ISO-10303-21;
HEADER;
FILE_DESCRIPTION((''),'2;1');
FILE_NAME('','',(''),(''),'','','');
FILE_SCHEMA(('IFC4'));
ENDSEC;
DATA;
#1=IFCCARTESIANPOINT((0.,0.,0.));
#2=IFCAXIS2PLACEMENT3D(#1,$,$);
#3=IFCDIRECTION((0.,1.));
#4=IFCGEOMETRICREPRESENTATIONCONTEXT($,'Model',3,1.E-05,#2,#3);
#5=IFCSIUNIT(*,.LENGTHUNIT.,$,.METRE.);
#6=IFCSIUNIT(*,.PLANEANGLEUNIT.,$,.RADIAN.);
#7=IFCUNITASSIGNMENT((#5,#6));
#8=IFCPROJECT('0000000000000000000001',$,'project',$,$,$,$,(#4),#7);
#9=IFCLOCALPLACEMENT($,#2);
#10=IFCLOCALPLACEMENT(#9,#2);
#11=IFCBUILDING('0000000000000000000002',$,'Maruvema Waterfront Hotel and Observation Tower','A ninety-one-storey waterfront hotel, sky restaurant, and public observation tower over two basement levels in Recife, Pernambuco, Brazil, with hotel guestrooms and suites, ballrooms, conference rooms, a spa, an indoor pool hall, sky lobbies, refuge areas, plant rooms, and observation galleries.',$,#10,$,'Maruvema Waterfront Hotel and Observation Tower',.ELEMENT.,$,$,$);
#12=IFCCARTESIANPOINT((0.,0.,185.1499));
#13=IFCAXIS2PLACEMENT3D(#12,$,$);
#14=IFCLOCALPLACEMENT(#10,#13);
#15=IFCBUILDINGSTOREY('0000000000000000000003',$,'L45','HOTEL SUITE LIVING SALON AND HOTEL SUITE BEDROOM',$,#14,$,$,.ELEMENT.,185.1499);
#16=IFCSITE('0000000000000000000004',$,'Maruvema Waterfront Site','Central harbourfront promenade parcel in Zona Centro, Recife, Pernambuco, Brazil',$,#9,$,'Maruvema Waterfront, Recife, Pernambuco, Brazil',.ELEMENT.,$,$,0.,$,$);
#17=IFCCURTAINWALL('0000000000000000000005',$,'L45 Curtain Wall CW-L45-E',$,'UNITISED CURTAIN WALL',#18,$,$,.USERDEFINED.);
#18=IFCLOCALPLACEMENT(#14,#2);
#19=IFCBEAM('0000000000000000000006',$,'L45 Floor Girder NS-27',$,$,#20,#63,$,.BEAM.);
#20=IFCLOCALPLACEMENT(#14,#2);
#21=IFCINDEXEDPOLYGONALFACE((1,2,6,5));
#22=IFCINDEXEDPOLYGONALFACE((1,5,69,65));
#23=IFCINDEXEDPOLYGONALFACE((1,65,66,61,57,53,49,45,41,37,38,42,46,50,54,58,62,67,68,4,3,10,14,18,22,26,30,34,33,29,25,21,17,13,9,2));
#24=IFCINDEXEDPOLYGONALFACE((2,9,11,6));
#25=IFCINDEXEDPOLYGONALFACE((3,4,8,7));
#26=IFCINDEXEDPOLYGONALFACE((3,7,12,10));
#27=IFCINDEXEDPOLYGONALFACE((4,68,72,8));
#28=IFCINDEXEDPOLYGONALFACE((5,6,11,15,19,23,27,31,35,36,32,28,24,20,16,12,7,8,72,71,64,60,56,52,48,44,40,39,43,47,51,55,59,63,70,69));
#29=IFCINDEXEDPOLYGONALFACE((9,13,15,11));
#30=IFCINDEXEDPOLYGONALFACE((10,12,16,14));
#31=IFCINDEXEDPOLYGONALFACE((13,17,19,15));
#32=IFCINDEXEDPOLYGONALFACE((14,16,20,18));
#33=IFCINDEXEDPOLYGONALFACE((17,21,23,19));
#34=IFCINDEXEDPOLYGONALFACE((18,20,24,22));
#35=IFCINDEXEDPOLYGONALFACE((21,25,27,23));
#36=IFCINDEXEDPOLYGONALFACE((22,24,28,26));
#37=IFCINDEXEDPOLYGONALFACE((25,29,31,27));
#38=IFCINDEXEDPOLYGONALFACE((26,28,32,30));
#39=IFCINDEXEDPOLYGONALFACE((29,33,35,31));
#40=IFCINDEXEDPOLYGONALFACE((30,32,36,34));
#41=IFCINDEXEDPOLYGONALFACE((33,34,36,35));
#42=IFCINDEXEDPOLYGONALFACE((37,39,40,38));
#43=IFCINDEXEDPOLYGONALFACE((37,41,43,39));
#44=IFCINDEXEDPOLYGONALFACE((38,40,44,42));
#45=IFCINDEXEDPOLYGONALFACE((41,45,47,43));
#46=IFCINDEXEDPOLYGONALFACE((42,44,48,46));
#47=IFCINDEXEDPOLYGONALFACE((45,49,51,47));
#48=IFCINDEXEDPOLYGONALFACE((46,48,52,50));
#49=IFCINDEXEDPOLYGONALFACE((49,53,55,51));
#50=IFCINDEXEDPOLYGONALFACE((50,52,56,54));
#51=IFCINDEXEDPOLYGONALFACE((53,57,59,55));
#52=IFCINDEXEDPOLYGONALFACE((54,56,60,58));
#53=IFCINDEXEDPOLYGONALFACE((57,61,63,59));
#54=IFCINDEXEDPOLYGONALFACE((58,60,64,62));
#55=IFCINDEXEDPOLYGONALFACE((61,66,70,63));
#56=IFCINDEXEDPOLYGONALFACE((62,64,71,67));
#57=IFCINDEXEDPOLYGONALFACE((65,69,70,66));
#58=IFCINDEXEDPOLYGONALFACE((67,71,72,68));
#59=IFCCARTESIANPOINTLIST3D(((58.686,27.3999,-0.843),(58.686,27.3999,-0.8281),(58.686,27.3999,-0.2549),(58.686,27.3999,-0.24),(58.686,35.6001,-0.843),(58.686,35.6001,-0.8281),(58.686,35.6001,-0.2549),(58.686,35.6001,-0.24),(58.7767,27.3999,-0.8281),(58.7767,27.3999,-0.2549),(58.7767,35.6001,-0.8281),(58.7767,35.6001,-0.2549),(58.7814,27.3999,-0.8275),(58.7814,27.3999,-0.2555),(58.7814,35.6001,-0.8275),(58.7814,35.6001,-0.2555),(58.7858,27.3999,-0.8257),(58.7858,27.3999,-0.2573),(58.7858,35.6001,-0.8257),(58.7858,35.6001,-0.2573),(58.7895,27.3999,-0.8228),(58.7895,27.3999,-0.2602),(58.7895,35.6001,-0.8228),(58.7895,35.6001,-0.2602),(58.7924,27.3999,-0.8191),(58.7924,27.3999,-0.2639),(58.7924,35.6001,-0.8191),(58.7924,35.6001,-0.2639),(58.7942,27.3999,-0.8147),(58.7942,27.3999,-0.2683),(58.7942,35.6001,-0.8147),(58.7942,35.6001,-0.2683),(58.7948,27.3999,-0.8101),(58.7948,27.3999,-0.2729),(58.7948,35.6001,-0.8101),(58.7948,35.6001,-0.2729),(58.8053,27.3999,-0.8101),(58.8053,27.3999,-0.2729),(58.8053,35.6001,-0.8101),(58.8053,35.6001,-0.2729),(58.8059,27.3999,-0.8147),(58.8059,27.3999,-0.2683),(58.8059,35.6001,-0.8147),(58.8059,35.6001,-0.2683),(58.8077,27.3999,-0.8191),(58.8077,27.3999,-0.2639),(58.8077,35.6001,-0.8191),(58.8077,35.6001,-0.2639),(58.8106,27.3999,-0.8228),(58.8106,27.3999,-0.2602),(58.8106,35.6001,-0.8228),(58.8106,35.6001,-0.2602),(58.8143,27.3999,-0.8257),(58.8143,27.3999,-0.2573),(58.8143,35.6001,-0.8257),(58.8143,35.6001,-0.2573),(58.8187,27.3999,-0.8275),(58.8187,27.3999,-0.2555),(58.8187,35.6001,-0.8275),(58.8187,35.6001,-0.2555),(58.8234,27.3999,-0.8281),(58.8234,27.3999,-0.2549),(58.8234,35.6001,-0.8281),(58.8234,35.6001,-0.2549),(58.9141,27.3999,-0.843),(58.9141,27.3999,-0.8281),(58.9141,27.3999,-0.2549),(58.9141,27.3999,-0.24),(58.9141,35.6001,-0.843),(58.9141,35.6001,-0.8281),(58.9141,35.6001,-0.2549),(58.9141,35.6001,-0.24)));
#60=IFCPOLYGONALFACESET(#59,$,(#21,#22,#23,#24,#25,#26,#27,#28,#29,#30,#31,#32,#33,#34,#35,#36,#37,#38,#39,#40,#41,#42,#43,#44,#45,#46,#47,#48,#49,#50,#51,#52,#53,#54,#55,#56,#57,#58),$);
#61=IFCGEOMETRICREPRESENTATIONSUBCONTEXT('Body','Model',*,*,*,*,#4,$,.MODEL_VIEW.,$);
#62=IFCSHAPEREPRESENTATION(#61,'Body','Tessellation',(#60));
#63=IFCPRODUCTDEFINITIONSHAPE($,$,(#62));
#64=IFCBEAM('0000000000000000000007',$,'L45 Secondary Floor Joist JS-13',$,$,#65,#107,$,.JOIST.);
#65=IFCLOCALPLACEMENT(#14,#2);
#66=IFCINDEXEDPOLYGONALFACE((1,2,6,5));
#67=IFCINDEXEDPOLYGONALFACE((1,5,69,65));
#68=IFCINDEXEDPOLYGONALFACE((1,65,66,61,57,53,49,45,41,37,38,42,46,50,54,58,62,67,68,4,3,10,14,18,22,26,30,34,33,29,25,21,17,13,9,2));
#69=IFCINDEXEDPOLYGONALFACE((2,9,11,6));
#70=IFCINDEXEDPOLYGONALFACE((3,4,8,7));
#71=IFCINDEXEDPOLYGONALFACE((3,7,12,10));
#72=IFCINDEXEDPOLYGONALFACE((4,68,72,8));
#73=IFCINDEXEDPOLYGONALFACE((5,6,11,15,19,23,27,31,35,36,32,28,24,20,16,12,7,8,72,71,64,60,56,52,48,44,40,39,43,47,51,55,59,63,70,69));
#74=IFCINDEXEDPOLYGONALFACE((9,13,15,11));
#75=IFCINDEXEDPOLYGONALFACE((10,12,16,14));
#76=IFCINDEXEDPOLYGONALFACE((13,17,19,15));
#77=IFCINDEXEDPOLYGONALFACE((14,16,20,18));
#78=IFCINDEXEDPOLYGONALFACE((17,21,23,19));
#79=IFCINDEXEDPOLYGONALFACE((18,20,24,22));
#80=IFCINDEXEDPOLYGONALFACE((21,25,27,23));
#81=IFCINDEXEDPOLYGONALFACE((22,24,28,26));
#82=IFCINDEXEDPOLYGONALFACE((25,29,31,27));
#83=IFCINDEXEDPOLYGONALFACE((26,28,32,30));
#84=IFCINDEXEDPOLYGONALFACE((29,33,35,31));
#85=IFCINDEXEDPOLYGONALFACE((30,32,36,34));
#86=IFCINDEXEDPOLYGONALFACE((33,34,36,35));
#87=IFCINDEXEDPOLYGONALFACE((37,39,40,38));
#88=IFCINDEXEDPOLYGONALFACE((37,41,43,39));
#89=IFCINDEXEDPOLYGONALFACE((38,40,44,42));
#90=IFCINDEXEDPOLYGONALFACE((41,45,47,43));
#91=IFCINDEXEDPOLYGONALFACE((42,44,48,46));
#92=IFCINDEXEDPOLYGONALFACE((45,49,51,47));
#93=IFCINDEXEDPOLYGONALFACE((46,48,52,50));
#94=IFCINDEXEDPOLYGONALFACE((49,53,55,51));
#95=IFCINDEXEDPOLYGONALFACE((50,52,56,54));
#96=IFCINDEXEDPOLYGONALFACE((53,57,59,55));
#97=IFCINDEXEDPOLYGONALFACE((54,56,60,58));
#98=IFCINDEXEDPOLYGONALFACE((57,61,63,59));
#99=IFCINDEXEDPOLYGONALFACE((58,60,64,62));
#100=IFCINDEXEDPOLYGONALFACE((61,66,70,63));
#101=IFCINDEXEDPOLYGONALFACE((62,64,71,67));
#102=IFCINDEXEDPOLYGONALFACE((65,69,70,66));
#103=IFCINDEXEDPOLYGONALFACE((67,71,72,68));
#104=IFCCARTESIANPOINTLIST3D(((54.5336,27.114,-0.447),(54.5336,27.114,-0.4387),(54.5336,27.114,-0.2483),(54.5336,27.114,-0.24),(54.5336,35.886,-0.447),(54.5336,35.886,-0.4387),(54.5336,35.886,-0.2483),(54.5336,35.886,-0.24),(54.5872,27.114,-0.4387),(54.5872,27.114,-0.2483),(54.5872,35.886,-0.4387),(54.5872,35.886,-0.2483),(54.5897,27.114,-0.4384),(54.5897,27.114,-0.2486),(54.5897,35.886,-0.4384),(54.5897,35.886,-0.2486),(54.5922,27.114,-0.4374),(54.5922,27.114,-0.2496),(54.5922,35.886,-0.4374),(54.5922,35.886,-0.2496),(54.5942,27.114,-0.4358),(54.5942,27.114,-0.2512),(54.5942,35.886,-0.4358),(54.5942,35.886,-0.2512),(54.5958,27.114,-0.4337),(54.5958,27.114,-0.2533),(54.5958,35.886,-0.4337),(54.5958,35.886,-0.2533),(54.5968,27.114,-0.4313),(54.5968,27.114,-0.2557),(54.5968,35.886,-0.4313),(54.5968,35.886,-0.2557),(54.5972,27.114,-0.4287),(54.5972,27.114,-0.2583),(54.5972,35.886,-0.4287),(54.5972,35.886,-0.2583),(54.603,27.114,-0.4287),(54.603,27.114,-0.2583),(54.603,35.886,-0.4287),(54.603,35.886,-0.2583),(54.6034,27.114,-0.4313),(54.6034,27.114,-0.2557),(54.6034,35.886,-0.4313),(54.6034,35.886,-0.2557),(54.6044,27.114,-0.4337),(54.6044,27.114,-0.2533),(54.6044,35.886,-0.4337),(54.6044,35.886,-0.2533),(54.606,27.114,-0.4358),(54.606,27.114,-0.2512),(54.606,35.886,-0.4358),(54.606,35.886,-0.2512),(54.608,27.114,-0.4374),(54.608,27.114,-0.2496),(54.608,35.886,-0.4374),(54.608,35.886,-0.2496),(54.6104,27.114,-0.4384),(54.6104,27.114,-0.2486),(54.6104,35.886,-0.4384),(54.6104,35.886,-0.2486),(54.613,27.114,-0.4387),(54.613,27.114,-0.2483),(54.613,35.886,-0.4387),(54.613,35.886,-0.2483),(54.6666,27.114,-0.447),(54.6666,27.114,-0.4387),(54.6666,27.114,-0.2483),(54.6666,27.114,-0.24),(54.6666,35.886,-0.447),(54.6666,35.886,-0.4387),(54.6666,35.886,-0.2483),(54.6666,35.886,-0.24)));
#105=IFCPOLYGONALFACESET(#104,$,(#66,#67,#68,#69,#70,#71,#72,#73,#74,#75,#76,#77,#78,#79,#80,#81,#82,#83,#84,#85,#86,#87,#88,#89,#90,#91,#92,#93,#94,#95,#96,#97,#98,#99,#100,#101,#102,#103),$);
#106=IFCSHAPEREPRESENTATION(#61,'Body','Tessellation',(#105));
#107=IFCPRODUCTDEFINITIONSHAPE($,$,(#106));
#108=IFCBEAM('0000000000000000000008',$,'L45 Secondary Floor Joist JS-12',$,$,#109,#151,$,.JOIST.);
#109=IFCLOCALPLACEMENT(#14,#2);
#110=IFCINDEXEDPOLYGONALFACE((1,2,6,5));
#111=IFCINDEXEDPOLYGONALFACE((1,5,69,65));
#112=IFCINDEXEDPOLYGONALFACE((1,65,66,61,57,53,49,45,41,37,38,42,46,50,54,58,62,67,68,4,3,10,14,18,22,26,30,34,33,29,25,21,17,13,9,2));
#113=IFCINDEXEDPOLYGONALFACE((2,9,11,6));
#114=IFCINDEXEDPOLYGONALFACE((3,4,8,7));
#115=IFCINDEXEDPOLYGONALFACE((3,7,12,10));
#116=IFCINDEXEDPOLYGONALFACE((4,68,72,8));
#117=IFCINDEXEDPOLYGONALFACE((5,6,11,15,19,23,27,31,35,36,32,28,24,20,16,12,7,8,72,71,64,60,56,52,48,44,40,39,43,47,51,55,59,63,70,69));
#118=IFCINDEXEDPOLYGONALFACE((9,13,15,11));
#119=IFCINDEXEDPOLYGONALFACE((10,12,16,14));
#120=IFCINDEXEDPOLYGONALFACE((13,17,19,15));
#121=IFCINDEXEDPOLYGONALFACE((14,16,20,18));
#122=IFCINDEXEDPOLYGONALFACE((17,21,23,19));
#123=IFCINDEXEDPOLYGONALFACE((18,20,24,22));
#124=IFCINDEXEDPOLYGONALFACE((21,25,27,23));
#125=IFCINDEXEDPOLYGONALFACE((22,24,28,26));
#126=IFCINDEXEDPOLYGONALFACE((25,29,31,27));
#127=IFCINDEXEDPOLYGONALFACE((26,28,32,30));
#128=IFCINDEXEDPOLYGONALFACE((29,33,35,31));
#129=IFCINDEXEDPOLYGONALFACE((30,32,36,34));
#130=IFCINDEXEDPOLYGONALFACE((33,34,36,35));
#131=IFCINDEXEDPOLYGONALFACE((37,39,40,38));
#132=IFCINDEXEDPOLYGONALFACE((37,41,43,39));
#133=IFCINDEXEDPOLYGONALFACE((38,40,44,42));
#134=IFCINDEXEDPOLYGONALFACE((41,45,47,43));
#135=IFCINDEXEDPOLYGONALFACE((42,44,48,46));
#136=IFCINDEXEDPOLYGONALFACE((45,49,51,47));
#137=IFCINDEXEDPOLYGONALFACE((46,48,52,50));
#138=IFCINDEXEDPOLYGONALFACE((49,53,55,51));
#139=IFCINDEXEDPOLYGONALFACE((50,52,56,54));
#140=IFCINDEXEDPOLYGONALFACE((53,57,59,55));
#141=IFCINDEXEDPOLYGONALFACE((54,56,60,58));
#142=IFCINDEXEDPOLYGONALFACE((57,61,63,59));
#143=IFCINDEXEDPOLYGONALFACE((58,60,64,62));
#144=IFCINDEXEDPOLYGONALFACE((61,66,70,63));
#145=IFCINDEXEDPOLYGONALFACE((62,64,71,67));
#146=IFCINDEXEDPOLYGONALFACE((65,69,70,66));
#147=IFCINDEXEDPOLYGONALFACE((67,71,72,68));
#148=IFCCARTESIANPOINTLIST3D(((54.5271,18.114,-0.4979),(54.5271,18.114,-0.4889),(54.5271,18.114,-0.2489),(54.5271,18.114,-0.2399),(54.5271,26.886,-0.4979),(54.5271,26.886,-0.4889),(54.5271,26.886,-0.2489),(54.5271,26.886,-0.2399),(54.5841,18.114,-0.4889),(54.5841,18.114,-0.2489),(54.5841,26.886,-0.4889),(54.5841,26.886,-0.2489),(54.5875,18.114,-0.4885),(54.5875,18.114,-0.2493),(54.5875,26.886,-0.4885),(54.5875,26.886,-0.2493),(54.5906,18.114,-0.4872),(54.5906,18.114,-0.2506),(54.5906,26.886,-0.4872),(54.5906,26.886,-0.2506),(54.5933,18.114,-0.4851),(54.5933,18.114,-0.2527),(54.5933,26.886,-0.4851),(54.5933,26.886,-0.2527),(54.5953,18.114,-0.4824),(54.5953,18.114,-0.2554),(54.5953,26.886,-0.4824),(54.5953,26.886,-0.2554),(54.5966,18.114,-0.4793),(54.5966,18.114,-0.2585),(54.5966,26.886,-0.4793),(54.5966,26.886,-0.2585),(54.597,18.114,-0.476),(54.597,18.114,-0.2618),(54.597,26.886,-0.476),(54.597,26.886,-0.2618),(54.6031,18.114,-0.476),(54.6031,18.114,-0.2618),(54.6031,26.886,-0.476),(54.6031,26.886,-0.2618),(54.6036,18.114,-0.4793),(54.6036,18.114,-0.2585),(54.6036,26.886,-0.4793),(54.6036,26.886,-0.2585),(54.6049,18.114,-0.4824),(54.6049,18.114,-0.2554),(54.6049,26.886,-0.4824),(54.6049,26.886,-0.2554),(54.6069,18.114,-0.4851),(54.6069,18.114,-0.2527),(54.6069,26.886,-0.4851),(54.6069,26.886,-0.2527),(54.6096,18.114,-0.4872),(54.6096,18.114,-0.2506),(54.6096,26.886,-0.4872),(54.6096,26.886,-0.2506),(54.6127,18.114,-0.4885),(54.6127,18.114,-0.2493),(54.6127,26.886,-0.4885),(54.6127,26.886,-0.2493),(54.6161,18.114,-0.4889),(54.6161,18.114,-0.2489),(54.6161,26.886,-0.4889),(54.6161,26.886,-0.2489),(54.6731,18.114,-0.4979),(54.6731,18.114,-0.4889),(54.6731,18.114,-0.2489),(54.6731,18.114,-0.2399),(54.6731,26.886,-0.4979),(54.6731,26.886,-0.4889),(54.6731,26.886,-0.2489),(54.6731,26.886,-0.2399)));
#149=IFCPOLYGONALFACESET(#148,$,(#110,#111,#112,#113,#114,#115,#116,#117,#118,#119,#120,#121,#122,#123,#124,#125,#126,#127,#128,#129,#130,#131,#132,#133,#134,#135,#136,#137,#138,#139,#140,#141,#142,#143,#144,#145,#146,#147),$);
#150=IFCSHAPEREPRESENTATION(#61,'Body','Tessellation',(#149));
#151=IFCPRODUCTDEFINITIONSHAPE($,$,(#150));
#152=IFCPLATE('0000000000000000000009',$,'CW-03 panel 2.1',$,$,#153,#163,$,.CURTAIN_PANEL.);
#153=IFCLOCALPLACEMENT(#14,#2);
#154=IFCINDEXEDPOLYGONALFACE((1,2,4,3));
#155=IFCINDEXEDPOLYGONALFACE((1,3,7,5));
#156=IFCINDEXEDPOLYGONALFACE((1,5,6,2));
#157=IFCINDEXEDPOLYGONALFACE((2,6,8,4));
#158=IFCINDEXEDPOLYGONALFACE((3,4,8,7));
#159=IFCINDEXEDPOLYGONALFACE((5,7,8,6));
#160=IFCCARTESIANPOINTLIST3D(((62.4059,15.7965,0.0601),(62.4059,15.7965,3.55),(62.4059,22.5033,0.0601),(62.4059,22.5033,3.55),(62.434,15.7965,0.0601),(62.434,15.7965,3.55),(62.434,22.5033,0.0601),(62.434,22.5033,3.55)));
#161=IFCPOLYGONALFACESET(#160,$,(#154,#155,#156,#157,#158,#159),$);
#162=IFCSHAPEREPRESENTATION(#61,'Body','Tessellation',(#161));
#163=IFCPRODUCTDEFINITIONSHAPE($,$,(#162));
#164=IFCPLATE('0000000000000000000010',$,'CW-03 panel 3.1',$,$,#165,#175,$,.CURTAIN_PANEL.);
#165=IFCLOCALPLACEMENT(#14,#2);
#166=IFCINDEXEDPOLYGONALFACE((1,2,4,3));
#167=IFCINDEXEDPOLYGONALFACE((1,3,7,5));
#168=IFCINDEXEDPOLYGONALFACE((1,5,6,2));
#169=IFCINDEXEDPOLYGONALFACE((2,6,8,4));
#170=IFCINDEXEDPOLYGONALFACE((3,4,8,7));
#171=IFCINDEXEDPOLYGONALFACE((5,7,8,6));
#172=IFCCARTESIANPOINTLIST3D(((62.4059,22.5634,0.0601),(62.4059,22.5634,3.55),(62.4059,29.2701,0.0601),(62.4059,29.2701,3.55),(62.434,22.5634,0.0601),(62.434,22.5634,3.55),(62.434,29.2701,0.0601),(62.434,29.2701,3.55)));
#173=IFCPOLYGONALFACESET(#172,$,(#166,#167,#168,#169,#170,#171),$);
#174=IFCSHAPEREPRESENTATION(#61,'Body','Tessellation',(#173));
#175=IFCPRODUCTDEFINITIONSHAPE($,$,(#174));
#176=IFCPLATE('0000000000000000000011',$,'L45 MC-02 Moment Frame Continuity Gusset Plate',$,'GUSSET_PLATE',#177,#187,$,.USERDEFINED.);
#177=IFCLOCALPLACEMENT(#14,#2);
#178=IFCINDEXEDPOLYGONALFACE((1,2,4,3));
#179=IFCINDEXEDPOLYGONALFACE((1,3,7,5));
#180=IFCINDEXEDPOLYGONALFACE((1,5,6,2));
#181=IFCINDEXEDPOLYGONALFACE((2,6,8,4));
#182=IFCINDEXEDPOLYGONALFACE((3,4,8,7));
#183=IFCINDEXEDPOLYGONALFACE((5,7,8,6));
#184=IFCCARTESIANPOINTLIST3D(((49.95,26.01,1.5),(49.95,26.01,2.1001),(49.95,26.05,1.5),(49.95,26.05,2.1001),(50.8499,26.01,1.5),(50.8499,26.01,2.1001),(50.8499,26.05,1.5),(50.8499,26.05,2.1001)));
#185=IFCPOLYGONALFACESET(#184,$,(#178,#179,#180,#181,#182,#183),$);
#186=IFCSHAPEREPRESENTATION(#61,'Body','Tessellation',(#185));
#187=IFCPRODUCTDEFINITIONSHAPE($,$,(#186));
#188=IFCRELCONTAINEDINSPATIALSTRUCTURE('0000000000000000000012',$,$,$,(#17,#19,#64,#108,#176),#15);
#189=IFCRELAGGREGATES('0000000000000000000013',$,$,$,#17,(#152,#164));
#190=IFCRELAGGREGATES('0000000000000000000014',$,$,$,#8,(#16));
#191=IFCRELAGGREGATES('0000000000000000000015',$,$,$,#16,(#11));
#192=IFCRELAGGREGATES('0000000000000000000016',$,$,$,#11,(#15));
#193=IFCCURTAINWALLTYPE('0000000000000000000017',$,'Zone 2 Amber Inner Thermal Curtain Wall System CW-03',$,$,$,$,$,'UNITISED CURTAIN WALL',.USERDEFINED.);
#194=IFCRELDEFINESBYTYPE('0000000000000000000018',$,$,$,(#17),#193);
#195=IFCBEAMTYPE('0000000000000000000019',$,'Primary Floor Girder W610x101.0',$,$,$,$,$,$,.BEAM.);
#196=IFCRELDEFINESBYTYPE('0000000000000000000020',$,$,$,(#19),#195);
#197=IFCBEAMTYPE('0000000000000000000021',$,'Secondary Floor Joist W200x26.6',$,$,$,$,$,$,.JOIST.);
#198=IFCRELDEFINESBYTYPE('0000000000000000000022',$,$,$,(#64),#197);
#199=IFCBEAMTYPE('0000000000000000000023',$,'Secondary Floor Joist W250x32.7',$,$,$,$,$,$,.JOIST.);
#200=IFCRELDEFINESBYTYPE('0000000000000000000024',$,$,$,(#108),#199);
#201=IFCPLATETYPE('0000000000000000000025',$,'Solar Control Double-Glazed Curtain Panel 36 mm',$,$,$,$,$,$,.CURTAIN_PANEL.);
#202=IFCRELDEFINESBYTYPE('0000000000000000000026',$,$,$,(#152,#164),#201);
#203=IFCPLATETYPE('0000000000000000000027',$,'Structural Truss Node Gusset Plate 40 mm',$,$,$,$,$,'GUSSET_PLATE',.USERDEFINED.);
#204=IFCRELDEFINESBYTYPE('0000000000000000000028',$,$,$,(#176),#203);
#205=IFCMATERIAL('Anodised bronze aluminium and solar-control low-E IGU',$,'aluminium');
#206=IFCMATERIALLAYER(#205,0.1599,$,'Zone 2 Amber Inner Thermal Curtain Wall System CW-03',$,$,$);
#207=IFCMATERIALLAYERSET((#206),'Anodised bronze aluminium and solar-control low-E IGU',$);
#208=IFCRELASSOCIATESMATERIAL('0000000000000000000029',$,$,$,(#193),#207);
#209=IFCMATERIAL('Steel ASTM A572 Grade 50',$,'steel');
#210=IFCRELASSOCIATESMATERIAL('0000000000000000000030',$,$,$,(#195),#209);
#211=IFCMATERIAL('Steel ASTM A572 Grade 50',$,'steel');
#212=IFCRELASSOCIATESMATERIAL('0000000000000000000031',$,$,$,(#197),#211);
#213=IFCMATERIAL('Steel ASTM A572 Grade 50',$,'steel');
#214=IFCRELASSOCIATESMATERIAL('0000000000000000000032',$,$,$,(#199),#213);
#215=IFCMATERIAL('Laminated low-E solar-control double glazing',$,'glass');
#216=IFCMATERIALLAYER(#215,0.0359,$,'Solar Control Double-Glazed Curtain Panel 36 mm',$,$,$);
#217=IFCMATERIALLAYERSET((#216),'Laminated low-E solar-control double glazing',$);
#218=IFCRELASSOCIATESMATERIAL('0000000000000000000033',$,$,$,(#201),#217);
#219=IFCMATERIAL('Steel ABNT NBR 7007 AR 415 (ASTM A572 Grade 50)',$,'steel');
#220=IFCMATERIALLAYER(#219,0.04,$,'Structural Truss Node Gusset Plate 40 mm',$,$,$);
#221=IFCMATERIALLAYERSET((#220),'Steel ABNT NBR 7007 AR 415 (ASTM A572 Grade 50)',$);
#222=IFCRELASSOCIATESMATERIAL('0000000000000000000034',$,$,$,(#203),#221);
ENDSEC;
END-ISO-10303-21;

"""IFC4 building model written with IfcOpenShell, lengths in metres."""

from ifc_helpers import new_model, si_unit, direction, frame, origin, origin_2d, place, context, subcontext, project, spatial, rectangle, i_section, extrude, material, layer, layer_set, material_profile, profile_set, type_object, element, aggregate, save


model = new_model("IFC4")

# Units and contexts
model_context = context("Model", 3, precision=1e-05, world=origin(), true_north=direction((0.0, 1.0)))
body_context = subcontext(model_context, "Body", "Model", "MODEL_VIEW")
ifc_project = project(units=[si_unit("LENGTHUNIT", "METRE"), si_unit("PLANEANGLEUNIT", "RADIAN")], contexts=[model_context])

# Site, building, storey
site_placement = place(None, origin())
site = spatial("IfcSite", under=ifc_project, at=site_placement, Name="Maruvema Waterfront Site", Description="Central harbourfront promenade parcel in Zona Centro, Recife, Pernambuco, Brazil", LongName="Maruvema Waterfront, Recife, Pernambuco, Brazil", CompositionType="ELEMENT", RefElevation=0.0)
building_placement = place(site_placement, origin())
building = spatial("IfcBuilding", under=site, at=building_placement, Name="Maruvema Waterfront Hotel and Observation Tower", Description="A ninety-one-storey waterfront hotel, sky restaurant, and public observation tower over two basement levels in Recife, Pernambuco, Brazil, with hotel guestrooms and suites, ballrooms, conference rooms, a spa, an indoor pool hall, sky lobbies, refuge areas, plant rooms, and observation galleries.", LongName="Maruvema Waterfront Hotel and Observation Tower", CompositionType="ELEMENT")
storey_placement = place(building_placement, frame((0.0, 0.0, 185.1499)))
storey = spatial("IfcBuildingStorey", under=building, at=storey_placement, Name="L45", Description="HOTEL SUITE LIVING SALON AND HOTEL SUITE BEDROOM", CompositionType="ELEMENT", Elevation=185.1499)

# Curtain wall
ifc_material_1 = material(Name="Anodised bronze aluminium and solar-control low-E IGU", Category="aluminium")
ifc_layer_1 = layer(ifc_material_1, 0.1599, Name="Zone 2 Amber Inner Thermal Curtain Wall System CW-03")
ifc_layer_set_1 = layer_set([ifc_layer_1], Name="Anodised bronze aluminium and solar-control low-E IGU")
curtain_wall_type = type_object("IfcCurtainWallType", Name="Zone 2 Amber Inner Thermal Curtain Wall System CW-03", ElementType="UNITISED CURTAIN WALL", PredefinedType="USERDEFINED", material=ifc_layer_set_1)
curtain_wall_placement = place(storey_placement, origin())
curtain_wall = element("IfcCurtainWall", 1, at=curtain_wall_placement, inside=storey, type_object=curtain_wall_type, Name="L45 Curtain Wall CW-L45-E", ObjectType="UNITISED CURTAIN WALL", PredefinedType="USERDEFINED")

# Beams
ifc_material_2 = material(Name="Steel ASTM A572 Grade 50", Category="steel")
ifc_material_profile_1 = material_profile(ifc_material_2, i_section(OverallWidth=0.228, OverallDepth=0.603, WebThickness=0.0105, FlangeThickness=0.0149, FilletRadius=0.0181, at=origin_2d()), Name="W610x101.0")
ifc_profile_set_1 = profile_set([ifc_material_profile_1], Name="Steel ASTM A572 Grade 50")
beam_type_1 = type_object("IfcBeamType", Name="Primary Floor Girder W610x101.0", PredefinedType="BEAM", material=ifc_profile_set_1)
for number, where, z_axis, x_axis, name in (
    (2, (58.8, 27.3999, -0.5415), (0.0, 1.0, 0.0), (-1.0, 0.0, 0.0), "L45 Floor Girder NS-27"),
):
    element("IfcBeam", number, at=place(storey_placement, frame(where, z_axis=z_axis, x_axis=x_axis)), inside=storey, type_object=beam_type_1, Name=name, PredefinedType="BEAM", context=body_context, shape_type="SweptSolid", body=[
        extrude(i_section(OverallWidth=0.228, OverallDepth=0.603, WebThickness=0.0105, FlangeThickness=0.0149, FilletRadius=0.0181, at=origin_2d()), origin(), (0.0, 0.0, 1.0), 8.2002),
    ])
ifc_material_3 = material(Name="Steel ASTM A572 Grade 50", Category="steel")
ifc_material_profile_2 = material_profile(ifc_material_3, i_section(OverallWidth=0.1331, OverallDepth=0.207, WebThickness=0.0059, FlangeThickness=0.0083, FilletRadius=0.01, at=origin_2d()), Name="W200x26.6")
ifc_profile_set_2 = profile_set([ifc_material_profile_2], Name="Steel ASTM A572 Grade 50")
beam_type_2 = type_object("IfcBeamType", Name="Secondary Floor Joist W200x26.6", PredefinedType="JOIST", material=ifc_profile_set_2)
beam_1_placement = place(storey_placement, frame((54.6001, 27.114, -0.3435), z_axis=(0.0, 1.0, 0.0), x_axis=(-1.0, 0.0, 0.0)))
element("IfcBeam", 3, at=beam_1_placement, inside=storey, type_object=beam_type_2, Name="L45 Secondary Floor Joist JS-13", PredefinedType="JOIST", context=body_context, shape_type="SweptSolid", body=[
    extrude(i_section(OverallWidth=0.1331, OverallDepth=0.207, WebThickness=0.0059, FlangeThickness=0.0083, FilletRadius=0.01, at=origin_2d()), origin(), (0.0, 0.0, 1.0), 8.772),
])
ifc_material_4 = material(Name="Steel ASTM A572 Grade 50", Category="steel")
ifc_material_profile_3 = material_profile(ifc_material_4, i_section(OverallWidth=0.146, OverallDepth=0.2581, WebThickness=0.0061, FlangeThickness=0.009, FilletRadius=0.0129, at=origin_2d()), Name="W250x32.7")
ifc_profile_set_3 = profile_set([ifc_material_profile_3], Name="Steel ASTM A572 Grade 50")
beam_type_3 = type_object("IfcBeamType", Name="Secondary Floor Joist W250x32.7", PredefinedType="JOIST", material=ifc_profile_set_3)
beam_2_placement = place(storey_placement, frame((54.6001, 18.114, -0.3689), z_axis=(0.0, 1.0, 0.0), x_axis=(-1.0, 0.0, 0.0)))
element("IfcBeam", 4, at=beam_2_placement, inside=storey, type_object=beam_type_3, Name="L45 Secondary Floor Joist JS-12", PredefinedType="JOIST", context=body_context, shape_type="SweptSolid", body=[
    extrude(i_section(OverallWidth=0.146, OverallDepth=0.2581, WebThickness=0.0061, FlangeThickness=0.009, FilletRadius=0.0129, at=origin_2d()), origin(), (0.0, 0.0, 1.0), 8.772),
])

# Plates
ifc_material_5 = material(Name="Laminated low-E solar-control double glazing", Category="glass")
ifc_layer_2 = layer(ifc_material_5, 0.0359, Name="Solar Control Double-Glazed Curtain Panel 36 mm")
ifc_layer_set_2 = layer_set([ifc_layer_2], Name="Laminated low-E solar-control double glazing")
plate_type_1 = type_object("IfcPlateType", Name="Solar Control Double-Glazed Curtain Panel 36 mm", PredefinedType="CURTAIN_PANEL", material=ifc_layer_set_2)
plate_1_placement = place(storey_placement, frame((62.4199, 19.1499, 0.0601), z_axis=(0.0, 0.0, 1.0), x_axis=(0.0, 1.0, 0.0)))
plate_1 = element("IfcPlate", 5, at=plate_1_placement, type_object=plate_type_1, Name="CW-03 panel 2.1", PredefinedType="CURTAIN_PANEL", context=body_context, shape_type="SweptSolid", body=[
    extrude(rectangle(XDim=6.7068, YDim=0.0281, at=origin_2d()), origin(), (0.0, 0.0, 1.0), 3.49),
])
plate_2_placement = place(storey_placement, frame((62.4199, 25.9167, 0.0601), z_axis=(0.0, 0.0, 1.0), x_axis=(0.0, 1.0, 0.0)))
plate_2 = element("IfcPlate", 6, at=plate_2_placement, type_object=plate_type_1, Name="CW-03 panel 3.1", PredefinedType="CURTAIN_PANEL", context=body_context, shape_type="SweptSolid", body=[
    extrude(rectangle(XDim=6.7068, YDim=0.0281, at=origin_2d()), origin(), (0.0, 0.0, 1.0), 3.49),
])
aggregate(curtain_wall, [plate_1, plate_2])
ifc_material_6 = material(Name="Steel ABNT NBR 7007 AR 415 (ASTM A572 Grade 50)", Category="steel")
ifc_layer_3 = layer(ifc_material_6, 0.04, Name="Structural Truss Node Gusset Plate 40 mm")
ifc_layer_set_3 = layer_set([ifc_layer_3], Name="Steel ABNT NBR 7007 AR 415 (ASTM A572 Grade 50)")
plate_type_2 = type_object("IfcPlateType", Name="Structural Truss Node Gusset Plate 40 mm", ElementType="GUSSET_PLATE", PredefinedType="USERDEFINED", material=ifc_layer_set_3)
plate_3_placement = place(storey_placement, frame((50.3999, 26.03, 1.5), z_axis=(0.0, 0.0, 1.0), x_axis=(1.0, 0.0, 0.0)))
element("IfcPlate", 7, at=plate_3_placement, inside=storey, type_object=plate_type_2, Name="L45 MC-02 Moment Frame Continuity Gusset Plate", ObjectType="GUSSET_PLATE", PredefinedType="USERDEFINED", context=body_context, shape_type="SweptSolid", body=[
    extrude(rectangle(XDim=0.8999, YDim=0.04, at=origin_2d()), origin(), (0.0, 0.0, 1.0), 0.6001),
])

save(model, "model.ifc")
